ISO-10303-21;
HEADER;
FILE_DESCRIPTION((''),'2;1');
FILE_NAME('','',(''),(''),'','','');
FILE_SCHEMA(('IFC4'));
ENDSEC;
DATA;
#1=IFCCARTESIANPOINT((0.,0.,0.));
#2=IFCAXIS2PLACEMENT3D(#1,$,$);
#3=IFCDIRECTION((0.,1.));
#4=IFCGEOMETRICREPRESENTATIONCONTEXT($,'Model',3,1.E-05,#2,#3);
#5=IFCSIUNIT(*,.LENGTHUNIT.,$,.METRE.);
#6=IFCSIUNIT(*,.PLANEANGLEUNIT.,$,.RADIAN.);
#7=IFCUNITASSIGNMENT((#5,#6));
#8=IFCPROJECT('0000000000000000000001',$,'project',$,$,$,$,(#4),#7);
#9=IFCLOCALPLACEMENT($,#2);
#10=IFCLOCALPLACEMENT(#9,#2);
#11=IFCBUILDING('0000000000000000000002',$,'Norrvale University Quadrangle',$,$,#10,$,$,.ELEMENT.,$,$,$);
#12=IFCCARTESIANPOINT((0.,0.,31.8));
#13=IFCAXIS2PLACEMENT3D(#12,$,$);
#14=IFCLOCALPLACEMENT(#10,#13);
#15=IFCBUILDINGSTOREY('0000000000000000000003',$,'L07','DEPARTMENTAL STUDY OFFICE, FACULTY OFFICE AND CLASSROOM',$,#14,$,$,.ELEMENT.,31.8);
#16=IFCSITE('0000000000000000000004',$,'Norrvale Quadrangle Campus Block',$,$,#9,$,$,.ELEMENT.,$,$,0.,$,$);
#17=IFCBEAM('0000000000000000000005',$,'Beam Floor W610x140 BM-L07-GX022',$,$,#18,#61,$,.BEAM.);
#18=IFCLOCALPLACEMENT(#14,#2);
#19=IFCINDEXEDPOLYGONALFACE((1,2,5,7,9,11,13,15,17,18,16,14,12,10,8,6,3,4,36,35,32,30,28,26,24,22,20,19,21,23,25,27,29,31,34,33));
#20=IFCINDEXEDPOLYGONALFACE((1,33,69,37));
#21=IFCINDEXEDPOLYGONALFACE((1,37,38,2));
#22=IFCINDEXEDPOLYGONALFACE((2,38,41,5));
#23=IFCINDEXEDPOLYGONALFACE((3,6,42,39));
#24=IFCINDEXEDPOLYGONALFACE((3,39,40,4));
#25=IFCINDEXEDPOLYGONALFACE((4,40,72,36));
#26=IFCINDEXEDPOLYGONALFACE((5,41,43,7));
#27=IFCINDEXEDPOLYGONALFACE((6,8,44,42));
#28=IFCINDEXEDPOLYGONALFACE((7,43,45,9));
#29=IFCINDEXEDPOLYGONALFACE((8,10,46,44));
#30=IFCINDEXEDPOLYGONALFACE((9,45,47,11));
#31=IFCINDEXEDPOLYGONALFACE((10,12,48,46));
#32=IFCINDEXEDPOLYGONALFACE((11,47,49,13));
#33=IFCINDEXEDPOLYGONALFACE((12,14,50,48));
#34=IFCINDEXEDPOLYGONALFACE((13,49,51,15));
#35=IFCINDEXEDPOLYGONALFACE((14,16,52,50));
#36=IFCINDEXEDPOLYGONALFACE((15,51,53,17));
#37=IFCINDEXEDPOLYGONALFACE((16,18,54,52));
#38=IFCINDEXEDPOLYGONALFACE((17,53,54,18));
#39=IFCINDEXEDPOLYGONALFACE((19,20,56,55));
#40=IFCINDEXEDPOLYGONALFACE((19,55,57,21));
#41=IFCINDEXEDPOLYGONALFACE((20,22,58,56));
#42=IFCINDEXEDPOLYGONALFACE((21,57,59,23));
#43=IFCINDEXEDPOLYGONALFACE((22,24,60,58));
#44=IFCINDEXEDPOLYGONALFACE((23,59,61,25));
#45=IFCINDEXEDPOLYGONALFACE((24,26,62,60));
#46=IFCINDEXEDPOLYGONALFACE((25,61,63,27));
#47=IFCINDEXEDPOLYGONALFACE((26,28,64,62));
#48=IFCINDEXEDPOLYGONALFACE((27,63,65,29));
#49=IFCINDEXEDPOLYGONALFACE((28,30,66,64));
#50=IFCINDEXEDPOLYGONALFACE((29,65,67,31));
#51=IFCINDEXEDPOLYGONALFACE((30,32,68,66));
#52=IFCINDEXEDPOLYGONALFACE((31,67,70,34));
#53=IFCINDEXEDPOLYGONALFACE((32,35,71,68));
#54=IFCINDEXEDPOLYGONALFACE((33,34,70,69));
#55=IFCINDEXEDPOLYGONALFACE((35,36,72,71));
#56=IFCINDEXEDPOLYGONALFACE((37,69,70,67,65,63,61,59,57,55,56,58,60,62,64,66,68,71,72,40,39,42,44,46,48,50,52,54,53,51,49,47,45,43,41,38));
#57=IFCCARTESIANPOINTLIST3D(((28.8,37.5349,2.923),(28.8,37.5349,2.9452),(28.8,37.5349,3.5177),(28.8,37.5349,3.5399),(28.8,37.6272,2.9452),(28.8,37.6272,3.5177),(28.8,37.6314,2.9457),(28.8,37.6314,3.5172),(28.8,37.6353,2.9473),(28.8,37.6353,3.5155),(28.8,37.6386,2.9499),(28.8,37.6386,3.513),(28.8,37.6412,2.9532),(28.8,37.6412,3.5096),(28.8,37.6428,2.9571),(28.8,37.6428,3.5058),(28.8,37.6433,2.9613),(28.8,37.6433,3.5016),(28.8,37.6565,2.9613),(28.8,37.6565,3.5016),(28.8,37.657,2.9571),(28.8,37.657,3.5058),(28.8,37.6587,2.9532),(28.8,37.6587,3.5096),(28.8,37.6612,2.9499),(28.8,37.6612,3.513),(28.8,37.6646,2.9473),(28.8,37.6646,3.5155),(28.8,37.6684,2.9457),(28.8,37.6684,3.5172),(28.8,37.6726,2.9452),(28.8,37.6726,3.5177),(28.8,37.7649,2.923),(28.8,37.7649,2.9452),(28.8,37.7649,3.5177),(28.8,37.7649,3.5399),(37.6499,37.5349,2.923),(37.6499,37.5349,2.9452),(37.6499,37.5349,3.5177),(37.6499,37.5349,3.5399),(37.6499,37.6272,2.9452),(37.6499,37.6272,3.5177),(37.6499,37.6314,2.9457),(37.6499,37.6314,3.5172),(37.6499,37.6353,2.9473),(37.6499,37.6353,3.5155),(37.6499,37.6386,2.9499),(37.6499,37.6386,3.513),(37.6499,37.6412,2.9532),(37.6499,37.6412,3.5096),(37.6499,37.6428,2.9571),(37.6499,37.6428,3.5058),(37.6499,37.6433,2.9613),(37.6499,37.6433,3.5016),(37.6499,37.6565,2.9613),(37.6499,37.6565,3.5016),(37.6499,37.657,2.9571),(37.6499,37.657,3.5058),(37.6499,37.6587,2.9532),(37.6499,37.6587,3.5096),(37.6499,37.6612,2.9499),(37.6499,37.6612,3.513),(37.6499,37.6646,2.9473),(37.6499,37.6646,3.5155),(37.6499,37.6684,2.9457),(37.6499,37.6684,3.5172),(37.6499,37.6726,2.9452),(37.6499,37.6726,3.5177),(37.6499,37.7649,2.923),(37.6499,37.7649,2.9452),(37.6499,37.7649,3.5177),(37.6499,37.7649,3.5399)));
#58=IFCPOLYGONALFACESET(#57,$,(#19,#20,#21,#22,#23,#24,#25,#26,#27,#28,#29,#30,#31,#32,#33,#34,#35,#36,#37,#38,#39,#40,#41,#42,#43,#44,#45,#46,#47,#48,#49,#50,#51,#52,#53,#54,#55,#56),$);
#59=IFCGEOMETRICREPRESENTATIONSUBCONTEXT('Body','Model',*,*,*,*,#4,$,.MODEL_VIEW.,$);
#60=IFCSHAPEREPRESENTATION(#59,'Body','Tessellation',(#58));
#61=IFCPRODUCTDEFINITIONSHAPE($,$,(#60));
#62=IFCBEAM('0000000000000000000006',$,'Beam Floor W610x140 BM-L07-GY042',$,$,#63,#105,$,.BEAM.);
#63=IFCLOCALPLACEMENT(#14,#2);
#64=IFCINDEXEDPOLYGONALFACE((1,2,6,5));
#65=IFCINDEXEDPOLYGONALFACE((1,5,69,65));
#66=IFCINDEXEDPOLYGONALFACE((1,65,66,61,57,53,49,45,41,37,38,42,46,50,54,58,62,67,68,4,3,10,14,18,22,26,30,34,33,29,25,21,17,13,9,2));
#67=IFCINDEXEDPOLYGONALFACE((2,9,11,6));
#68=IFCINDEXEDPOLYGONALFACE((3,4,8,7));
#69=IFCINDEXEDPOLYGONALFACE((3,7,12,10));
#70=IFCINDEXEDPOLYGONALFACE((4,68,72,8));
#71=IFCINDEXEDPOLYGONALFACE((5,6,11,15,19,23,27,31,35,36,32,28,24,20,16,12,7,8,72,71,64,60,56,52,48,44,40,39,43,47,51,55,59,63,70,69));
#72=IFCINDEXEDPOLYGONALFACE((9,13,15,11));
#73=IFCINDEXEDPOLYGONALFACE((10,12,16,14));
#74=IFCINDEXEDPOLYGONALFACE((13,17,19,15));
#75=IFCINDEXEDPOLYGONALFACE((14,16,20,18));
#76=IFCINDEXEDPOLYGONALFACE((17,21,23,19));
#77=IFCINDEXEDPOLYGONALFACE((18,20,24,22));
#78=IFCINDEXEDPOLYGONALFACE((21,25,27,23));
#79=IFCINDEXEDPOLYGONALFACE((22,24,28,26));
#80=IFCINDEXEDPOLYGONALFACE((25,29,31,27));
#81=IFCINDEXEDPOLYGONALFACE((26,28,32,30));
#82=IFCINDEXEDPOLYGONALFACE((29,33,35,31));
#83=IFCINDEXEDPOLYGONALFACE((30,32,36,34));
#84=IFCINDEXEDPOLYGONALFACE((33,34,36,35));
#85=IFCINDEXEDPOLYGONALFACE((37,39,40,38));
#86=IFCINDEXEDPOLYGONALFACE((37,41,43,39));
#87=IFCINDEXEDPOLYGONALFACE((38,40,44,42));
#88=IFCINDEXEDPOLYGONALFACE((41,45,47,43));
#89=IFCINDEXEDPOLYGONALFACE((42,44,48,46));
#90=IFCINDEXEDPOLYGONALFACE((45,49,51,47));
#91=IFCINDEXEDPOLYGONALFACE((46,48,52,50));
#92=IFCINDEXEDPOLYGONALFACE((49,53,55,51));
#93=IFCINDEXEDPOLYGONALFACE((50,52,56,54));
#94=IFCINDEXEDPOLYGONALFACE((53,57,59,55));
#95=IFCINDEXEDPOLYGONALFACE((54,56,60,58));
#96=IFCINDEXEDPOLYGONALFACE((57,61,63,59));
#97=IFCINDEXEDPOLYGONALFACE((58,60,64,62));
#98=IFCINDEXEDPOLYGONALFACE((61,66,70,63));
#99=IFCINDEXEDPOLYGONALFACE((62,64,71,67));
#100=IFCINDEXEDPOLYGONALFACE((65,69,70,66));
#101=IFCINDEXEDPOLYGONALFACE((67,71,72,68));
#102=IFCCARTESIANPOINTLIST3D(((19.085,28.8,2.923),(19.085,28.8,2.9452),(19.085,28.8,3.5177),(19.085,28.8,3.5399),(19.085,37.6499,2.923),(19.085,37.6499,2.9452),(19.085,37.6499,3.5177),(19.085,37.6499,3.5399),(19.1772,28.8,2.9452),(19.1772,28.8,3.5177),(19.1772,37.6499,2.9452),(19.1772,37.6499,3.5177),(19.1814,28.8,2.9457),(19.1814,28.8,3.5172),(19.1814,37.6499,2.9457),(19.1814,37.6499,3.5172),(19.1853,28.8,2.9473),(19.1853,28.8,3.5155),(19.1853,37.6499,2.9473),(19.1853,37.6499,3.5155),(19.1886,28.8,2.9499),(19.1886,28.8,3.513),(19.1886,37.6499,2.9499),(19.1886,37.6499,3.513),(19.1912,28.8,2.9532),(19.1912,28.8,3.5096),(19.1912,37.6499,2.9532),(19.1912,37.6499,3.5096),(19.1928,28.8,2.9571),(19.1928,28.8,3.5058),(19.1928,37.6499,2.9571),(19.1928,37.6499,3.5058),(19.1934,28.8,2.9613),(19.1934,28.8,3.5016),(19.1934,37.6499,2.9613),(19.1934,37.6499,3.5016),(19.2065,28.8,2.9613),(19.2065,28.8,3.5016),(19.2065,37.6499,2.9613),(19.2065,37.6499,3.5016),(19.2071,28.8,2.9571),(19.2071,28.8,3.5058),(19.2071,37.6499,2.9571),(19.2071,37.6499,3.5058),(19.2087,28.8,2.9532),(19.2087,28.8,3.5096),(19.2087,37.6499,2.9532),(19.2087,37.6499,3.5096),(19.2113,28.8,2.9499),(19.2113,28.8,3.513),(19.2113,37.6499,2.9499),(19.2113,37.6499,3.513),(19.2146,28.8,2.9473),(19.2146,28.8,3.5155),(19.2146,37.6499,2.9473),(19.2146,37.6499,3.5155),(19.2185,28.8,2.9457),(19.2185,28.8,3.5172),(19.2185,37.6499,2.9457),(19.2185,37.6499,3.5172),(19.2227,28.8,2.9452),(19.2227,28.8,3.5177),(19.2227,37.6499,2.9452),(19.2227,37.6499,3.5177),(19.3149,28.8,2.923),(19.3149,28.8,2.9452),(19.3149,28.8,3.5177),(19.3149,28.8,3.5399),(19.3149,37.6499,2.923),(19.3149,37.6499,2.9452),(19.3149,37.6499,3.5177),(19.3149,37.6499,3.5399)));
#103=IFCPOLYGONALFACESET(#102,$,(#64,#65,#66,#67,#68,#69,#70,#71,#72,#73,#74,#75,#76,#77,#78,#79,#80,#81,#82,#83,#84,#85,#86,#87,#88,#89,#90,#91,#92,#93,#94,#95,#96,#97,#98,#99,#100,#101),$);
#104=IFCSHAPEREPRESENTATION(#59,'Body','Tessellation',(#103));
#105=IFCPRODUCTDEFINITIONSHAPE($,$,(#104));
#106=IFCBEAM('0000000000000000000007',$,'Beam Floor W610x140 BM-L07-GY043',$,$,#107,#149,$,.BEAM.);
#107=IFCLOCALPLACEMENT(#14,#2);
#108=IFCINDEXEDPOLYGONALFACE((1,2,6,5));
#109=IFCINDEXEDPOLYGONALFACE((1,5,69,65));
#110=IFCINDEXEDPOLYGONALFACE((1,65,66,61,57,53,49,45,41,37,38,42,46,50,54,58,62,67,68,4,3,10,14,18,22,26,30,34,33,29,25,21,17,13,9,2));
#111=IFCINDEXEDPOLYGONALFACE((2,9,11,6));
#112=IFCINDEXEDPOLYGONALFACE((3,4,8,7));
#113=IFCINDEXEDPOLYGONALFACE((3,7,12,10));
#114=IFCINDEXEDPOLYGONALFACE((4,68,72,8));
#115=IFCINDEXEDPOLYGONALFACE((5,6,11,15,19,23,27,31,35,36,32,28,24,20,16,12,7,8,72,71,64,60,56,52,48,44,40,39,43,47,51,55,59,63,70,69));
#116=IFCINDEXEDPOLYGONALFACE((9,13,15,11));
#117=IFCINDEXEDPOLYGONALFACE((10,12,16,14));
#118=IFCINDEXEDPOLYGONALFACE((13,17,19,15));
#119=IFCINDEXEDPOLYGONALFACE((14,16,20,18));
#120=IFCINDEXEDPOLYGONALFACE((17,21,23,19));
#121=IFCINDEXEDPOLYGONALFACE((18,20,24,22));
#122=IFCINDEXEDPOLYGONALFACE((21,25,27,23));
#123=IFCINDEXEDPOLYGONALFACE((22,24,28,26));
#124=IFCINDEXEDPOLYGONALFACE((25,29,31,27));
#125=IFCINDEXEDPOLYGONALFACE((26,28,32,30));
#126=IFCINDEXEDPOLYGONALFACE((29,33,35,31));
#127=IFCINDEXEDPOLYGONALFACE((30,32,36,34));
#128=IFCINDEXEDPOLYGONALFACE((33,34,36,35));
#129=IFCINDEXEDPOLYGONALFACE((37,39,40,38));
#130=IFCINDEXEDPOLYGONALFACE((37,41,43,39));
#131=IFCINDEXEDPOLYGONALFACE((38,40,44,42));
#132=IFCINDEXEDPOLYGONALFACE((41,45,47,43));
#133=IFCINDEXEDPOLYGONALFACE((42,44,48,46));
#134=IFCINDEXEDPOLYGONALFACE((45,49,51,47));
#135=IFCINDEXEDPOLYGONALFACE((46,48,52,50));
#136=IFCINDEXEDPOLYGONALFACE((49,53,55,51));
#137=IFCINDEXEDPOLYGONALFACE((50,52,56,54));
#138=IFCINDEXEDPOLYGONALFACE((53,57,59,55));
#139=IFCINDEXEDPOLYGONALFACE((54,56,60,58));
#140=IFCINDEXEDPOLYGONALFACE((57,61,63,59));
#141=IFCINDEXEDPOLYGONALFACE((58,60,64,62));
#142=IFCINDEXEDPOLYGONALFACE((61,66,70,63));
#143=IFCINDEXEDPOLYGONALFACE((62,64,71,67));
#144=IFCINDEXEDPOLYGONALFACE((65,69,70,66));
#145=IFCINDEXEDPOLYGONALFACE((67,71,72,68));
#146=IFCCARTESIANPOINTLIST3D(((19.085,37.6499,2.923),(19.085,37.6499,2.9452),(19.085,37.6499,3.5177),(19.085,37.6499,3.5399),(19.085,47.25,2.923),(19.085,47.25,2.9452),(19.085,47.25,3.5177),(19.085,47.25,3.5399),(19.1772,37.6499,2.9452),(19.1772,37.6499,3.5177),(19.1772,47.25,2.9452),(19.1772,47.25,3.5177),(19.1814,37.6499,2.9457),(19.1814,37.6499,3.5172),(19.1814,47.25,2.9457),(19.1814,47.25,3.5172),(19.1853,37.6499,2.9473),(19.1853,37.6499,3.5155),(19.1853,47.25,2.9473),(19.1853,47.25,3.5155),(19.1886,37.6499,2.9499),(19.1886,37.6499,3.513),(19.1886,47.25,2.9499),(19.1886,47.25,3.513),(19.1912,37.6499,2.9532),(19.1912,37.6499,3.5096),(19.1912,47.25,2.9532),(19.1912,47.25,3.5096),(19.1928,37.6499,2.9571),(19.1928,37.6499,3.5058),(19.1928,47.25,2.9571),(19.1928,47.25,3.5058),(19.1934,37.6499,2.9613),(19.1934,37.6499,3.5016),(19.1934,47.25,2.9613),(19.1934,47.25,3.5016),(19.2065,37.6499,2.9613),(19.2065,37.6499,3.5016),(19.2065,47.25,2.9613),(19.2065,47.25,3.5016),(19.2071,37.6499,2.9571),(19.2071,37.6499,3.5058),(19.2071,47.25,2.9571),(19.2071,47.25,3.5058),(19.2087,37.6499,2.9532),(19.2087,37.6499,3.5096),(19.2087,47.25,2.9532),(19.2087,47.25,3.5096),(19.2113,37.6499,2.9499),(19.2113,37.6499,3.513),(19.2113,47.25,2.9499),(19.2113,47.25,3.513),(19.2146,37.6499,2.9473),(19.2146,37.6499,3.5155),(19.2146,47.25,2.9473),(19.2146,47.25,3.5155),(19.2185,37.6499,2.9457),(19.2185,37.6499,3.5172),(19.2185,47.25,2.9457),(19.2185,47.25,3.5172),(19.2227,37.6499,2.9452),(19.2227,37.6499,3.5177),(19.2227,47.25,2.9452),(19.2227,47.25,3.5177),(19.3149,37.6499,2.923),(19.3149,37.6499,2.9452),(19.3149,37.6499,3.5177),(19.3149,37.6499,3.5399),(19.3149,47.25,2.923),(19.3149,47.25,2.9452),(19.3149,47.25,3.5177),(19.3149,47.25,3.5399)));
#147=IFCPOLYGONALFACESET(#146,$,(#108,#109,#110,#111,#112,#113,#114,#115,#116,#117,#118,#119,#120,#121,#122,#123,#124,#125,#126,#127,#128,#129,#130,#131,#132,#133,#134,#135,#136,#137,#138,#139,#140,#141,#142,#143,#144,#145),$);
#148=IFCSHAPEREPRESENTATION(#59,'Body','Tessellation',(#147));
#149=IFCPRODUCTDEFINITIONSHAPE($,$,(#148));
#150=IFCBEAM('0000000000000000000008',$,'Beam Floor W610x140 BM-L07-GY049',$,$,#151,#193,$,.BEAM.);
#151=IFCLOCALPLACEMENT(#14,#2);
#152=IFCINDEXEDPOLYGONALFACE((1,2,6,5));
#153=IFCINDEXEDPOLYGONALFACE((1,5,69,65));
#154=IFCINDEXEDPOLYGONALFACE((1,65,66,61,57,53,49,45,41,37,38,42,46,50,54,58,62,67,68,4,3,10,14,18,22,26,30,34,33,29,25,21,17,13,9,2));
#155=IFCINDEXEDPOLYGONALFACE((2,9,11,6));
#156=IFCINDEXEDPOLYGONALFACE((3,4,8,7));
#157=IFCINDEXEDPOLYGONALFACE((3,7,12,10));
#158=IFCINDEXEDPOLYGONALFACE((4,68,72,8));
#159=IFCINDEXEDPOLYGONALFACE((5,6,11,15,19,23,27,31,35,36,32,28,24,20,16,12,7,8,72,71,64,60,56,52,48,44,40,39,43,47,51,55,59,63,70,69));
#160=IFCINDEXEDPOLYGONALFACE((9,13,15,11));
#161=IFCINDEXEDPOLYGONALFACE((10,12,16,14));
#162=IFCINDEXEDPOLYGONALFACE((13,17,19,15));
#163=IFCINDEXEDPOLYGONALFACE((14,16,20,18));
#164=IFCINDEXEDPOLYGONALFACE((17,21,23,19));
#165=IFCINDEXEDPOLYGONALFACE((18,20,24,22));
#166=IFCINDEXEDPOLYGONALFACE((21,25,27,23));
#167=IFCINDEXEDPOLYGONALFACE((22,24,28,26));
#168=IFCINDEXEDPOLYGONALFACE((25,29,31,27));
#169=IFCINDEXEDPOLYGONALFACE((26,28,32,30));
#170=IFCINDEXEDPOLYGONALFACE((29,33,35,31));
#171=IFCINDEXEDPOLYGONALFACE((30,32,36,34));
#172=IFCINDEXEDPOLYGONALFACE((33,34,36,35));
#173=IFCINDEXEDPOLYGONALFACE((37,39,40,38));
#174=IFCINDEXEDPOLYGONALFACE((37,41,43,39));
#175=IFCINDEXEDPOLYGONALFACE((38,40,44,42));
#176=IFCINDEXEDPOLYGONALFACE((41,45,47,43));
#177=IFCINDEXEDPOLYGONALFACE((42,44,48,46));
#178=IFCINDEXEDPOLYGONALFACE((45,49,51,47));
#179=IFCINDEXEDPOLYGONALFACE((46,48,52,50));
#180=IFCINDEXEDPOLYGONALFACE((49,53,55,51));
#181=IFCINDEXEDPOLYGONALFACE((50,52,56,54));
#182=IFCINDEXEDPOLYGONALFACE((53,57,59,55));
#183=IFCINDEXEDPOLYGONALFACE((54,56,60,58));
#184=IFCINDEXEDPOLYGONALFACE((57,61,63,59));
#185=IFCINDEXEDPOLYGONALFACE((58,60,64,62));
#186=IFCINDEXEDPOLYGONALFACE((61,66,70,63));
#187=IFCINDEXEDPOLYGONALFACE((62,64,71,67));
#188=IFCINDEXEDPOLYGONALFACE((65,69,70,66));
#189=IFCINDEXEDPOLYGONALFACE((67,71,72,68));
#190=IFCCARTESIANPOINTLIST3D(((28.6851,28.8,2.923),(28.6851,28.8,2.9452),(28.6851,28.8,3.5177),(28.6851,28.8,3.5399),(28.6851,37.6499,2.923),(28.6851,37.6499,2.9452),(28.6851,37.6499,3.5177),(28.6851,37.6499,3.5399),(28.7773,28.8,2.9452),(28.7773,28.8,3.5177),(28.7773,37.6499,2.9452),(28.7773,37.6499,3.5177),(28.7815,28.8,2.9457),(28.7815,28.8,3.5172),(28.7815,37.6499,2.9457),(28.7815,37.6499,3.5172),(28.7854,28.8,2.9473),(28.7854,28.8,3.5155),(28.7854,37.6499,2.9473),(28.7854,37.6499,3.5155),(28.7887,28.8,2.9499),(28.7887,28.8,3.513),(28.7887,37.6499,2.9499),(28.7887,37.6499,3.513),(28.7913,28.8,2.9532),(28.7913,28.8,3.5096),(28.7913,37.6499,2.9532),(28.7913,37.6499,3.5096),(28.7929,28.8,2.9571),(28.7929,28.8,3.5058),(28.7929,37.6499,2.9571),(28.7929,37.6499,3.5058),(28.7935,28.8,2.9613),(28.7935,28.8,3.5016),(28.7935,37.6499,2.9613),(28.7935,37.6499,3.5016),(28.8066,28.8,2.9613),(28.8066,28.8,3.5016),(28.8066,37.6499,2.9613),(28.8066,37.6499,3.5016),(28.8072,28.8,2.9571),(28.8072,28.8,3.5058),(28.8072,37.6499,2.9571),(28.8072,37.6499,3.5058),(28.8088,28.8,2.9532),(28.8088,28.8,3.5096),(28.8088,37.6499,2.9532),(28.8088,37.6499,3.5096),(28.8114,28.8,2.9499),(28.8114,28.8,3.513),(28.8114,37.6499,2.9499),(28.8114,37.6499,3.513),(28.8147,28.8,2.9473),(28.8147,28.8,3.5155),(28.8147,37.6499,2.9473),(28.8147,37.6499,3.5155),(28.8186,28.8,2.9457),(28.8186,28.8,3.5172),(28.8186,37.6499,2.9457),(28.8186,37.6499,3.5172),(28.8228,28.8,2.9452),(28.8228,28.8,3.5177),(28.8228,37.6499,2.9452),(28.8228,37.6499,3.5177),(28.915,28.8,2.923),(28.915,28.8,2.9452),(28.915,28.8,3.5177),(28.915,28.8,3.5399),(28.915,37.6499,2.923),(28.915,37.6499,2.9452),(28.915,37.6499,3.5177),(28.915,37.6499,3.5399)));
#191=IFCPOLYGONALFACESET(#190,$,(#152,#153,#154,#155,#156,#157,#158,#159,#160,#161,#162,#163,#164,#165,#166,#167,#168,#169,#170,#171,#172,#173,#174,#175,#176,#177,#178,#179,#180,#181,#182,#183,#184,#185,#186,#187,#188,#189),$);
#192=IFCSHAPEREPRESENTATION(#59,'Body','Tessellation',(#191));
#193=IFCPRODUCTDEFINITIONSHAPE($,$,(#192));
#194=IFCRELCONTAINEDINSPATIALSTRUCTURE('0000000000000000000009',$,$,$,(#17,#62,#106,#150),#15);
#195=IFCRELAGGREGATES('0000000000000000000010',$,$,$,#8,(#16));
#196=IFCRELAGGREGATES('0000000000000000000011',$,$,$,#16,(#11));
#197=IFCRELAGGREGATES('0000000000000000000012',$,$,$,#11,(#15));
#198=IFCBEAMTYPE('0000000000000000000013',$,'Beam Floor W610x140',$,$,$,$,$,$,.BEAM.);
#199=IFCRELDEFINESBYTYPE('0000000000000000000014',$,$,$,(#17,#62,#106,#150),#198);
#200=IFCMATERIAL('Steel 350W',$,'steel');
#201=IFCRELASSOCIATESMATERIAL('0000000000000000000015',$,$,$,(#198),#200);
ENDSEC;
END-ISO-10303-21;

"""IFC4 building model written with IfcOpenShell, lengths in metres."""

from ifc_helpers import new_model, si_unit, direction, frame, origin, origin_2d, place, context, subcontext, project, spatial, i_section, extrude, material, material_profile, profile_set, type_object, element, save


model = new_model("IFC4")

# Units and contexts
model_context = context("Model", 3, precision=1e-05, world=origin(), true_north=direction((0.0, 1.0)))
body_context = subcontext(model_context, "Body", "Model", "MODEL_VIEW")
ifc_project = project(units=[si_unit("LENGTHUNIT", "METRE"), si_unit("PLANEANGLEUNIT", "RADIAN")], contexts=[model_context])

# Site, building, storey
site_placement = place(None, origin())
site = spatial("IfcSite", under=ifc_project, at=site_placement, Name="Norrvale Quadrangle Campus Block", CompositionType="ELEMENT", RefElevation=0.0)
building_placement = place(site_placement, origin())
building = spatial("IfcBuilding", under=site, at=building_placement, Name="Norrvale University Quadrangle", CompositionType="ELEMENT")
storey_placement = place(building_placement, frame((0.0, 0.0, 31.8)))
storey = spatial("IfcBuildingStorey", under=building, at=storey_placement, Name="L07", Description="DEPARTMENTAL STUDY OFFICE, FACULTY OFFICE AND CLASSROOM", CompositionType="ELEMENT", Elevation=31.8)

# Beams
ifc_material_1 = material(Name="Steel 350W", Category="steel")
ifc_material_profile_1 = material_profile(ifc_material_1, i_section(OverallWidth=0.23, OverallDepth=0.6169, WebThickness=0.0132, FlangeThickness=0.0222, FilletRadius=0.0161, at=origin_2d()), Name="Steel 350W")
ifc_profile_set_1 = profile_set([ifc_material_profile_1], Name="Steel 350W")
beam_type_1 = type_object("IfcBeamType", Name="Beam Floor W610x140", PredefinedType="BEAM", material=ifc_profile_set_1)
for number, where, z_axis, x_axis, name in (
    (1, (28.8, 37.6499, 3.2314), (1.0, 0.0, 0.0), (0.0, 1.0, 0.0), "Beam Floor W610x140 BM-L07-GX022"),
    (2, (19.2, 28.8, 3.2314), (0.0, 1.0, 0.0), (-1.0, 0.0, 0.0), "Beam Floor W610x140 BM-L07-GY042"),
):
    element("IfcBeam", number, at=place(storey_placement, frame(where, z_axis=z_axis, x_axis=x_axis)), inside=storey, type_object=beam_type_1, Name=name, PredefinedType="BEAM", context=body_context, shape_type="SweptSolid", body=[
        extrude(i_section(OverallWidth=0.23, OverallDepth=0.6169, WebThickness=0.0132, FlangeThickness=0.0222, FilletRadius=0.0161, at=origin_2d()), origin(), (0.0, 0.0, 1.0), 8.8499),
    ])
beam_1_placement = place(storey_placement, frame((19.2, 37.6499, 3.2314), z_axis=(0.0, 1.0, 0.0), x_axis=(-1.0, 0.0, 0.0)))
element("IfcBeam", 3, at=beam_1_placement, inside=storey, type_object=beam_type_1, Name="Beam Floor W610x140 BM-L07-GY043", PredefinedType="BEAM", context=body_context, shape_type="SweptSolid", body=[
    extrude(i_section(OverallWidth=0.23, OverallDepth=0.6169, WebThickness=0.0132, FlangeThickness=0.0222, FilletRadius=0.0161, at=origin_2d()), origin(), (0.0, 0.0, 1.0), 9.6001),
])
beam_2_placement = place(storey_placement, frame((28.8, 28.8, 3.2314), z_axis=(0.0, 1.0, 0.0), x_axis=(-1.0, 0.0, 0.0)))
element("IfcBeam", 4, at=beam_2_placement, inside=storey, type_object=beam_type_1, Name="Beam Floor W610x140 BM-L07-GY049", PredefinedType="BEAM", context=body_context, shape_type="SweptSolid", body=[
    extrude(i_section(OverallWidth=0.23, OverallDepth=0.6169, WebThickness=0.0132, FlangeThickness=0.0222, FilletRadius=0.0161, at=origin_2d()), origin(), (0.0, 0.0, 1.0), 8.8499),
])

save(model, "model.ifc")
